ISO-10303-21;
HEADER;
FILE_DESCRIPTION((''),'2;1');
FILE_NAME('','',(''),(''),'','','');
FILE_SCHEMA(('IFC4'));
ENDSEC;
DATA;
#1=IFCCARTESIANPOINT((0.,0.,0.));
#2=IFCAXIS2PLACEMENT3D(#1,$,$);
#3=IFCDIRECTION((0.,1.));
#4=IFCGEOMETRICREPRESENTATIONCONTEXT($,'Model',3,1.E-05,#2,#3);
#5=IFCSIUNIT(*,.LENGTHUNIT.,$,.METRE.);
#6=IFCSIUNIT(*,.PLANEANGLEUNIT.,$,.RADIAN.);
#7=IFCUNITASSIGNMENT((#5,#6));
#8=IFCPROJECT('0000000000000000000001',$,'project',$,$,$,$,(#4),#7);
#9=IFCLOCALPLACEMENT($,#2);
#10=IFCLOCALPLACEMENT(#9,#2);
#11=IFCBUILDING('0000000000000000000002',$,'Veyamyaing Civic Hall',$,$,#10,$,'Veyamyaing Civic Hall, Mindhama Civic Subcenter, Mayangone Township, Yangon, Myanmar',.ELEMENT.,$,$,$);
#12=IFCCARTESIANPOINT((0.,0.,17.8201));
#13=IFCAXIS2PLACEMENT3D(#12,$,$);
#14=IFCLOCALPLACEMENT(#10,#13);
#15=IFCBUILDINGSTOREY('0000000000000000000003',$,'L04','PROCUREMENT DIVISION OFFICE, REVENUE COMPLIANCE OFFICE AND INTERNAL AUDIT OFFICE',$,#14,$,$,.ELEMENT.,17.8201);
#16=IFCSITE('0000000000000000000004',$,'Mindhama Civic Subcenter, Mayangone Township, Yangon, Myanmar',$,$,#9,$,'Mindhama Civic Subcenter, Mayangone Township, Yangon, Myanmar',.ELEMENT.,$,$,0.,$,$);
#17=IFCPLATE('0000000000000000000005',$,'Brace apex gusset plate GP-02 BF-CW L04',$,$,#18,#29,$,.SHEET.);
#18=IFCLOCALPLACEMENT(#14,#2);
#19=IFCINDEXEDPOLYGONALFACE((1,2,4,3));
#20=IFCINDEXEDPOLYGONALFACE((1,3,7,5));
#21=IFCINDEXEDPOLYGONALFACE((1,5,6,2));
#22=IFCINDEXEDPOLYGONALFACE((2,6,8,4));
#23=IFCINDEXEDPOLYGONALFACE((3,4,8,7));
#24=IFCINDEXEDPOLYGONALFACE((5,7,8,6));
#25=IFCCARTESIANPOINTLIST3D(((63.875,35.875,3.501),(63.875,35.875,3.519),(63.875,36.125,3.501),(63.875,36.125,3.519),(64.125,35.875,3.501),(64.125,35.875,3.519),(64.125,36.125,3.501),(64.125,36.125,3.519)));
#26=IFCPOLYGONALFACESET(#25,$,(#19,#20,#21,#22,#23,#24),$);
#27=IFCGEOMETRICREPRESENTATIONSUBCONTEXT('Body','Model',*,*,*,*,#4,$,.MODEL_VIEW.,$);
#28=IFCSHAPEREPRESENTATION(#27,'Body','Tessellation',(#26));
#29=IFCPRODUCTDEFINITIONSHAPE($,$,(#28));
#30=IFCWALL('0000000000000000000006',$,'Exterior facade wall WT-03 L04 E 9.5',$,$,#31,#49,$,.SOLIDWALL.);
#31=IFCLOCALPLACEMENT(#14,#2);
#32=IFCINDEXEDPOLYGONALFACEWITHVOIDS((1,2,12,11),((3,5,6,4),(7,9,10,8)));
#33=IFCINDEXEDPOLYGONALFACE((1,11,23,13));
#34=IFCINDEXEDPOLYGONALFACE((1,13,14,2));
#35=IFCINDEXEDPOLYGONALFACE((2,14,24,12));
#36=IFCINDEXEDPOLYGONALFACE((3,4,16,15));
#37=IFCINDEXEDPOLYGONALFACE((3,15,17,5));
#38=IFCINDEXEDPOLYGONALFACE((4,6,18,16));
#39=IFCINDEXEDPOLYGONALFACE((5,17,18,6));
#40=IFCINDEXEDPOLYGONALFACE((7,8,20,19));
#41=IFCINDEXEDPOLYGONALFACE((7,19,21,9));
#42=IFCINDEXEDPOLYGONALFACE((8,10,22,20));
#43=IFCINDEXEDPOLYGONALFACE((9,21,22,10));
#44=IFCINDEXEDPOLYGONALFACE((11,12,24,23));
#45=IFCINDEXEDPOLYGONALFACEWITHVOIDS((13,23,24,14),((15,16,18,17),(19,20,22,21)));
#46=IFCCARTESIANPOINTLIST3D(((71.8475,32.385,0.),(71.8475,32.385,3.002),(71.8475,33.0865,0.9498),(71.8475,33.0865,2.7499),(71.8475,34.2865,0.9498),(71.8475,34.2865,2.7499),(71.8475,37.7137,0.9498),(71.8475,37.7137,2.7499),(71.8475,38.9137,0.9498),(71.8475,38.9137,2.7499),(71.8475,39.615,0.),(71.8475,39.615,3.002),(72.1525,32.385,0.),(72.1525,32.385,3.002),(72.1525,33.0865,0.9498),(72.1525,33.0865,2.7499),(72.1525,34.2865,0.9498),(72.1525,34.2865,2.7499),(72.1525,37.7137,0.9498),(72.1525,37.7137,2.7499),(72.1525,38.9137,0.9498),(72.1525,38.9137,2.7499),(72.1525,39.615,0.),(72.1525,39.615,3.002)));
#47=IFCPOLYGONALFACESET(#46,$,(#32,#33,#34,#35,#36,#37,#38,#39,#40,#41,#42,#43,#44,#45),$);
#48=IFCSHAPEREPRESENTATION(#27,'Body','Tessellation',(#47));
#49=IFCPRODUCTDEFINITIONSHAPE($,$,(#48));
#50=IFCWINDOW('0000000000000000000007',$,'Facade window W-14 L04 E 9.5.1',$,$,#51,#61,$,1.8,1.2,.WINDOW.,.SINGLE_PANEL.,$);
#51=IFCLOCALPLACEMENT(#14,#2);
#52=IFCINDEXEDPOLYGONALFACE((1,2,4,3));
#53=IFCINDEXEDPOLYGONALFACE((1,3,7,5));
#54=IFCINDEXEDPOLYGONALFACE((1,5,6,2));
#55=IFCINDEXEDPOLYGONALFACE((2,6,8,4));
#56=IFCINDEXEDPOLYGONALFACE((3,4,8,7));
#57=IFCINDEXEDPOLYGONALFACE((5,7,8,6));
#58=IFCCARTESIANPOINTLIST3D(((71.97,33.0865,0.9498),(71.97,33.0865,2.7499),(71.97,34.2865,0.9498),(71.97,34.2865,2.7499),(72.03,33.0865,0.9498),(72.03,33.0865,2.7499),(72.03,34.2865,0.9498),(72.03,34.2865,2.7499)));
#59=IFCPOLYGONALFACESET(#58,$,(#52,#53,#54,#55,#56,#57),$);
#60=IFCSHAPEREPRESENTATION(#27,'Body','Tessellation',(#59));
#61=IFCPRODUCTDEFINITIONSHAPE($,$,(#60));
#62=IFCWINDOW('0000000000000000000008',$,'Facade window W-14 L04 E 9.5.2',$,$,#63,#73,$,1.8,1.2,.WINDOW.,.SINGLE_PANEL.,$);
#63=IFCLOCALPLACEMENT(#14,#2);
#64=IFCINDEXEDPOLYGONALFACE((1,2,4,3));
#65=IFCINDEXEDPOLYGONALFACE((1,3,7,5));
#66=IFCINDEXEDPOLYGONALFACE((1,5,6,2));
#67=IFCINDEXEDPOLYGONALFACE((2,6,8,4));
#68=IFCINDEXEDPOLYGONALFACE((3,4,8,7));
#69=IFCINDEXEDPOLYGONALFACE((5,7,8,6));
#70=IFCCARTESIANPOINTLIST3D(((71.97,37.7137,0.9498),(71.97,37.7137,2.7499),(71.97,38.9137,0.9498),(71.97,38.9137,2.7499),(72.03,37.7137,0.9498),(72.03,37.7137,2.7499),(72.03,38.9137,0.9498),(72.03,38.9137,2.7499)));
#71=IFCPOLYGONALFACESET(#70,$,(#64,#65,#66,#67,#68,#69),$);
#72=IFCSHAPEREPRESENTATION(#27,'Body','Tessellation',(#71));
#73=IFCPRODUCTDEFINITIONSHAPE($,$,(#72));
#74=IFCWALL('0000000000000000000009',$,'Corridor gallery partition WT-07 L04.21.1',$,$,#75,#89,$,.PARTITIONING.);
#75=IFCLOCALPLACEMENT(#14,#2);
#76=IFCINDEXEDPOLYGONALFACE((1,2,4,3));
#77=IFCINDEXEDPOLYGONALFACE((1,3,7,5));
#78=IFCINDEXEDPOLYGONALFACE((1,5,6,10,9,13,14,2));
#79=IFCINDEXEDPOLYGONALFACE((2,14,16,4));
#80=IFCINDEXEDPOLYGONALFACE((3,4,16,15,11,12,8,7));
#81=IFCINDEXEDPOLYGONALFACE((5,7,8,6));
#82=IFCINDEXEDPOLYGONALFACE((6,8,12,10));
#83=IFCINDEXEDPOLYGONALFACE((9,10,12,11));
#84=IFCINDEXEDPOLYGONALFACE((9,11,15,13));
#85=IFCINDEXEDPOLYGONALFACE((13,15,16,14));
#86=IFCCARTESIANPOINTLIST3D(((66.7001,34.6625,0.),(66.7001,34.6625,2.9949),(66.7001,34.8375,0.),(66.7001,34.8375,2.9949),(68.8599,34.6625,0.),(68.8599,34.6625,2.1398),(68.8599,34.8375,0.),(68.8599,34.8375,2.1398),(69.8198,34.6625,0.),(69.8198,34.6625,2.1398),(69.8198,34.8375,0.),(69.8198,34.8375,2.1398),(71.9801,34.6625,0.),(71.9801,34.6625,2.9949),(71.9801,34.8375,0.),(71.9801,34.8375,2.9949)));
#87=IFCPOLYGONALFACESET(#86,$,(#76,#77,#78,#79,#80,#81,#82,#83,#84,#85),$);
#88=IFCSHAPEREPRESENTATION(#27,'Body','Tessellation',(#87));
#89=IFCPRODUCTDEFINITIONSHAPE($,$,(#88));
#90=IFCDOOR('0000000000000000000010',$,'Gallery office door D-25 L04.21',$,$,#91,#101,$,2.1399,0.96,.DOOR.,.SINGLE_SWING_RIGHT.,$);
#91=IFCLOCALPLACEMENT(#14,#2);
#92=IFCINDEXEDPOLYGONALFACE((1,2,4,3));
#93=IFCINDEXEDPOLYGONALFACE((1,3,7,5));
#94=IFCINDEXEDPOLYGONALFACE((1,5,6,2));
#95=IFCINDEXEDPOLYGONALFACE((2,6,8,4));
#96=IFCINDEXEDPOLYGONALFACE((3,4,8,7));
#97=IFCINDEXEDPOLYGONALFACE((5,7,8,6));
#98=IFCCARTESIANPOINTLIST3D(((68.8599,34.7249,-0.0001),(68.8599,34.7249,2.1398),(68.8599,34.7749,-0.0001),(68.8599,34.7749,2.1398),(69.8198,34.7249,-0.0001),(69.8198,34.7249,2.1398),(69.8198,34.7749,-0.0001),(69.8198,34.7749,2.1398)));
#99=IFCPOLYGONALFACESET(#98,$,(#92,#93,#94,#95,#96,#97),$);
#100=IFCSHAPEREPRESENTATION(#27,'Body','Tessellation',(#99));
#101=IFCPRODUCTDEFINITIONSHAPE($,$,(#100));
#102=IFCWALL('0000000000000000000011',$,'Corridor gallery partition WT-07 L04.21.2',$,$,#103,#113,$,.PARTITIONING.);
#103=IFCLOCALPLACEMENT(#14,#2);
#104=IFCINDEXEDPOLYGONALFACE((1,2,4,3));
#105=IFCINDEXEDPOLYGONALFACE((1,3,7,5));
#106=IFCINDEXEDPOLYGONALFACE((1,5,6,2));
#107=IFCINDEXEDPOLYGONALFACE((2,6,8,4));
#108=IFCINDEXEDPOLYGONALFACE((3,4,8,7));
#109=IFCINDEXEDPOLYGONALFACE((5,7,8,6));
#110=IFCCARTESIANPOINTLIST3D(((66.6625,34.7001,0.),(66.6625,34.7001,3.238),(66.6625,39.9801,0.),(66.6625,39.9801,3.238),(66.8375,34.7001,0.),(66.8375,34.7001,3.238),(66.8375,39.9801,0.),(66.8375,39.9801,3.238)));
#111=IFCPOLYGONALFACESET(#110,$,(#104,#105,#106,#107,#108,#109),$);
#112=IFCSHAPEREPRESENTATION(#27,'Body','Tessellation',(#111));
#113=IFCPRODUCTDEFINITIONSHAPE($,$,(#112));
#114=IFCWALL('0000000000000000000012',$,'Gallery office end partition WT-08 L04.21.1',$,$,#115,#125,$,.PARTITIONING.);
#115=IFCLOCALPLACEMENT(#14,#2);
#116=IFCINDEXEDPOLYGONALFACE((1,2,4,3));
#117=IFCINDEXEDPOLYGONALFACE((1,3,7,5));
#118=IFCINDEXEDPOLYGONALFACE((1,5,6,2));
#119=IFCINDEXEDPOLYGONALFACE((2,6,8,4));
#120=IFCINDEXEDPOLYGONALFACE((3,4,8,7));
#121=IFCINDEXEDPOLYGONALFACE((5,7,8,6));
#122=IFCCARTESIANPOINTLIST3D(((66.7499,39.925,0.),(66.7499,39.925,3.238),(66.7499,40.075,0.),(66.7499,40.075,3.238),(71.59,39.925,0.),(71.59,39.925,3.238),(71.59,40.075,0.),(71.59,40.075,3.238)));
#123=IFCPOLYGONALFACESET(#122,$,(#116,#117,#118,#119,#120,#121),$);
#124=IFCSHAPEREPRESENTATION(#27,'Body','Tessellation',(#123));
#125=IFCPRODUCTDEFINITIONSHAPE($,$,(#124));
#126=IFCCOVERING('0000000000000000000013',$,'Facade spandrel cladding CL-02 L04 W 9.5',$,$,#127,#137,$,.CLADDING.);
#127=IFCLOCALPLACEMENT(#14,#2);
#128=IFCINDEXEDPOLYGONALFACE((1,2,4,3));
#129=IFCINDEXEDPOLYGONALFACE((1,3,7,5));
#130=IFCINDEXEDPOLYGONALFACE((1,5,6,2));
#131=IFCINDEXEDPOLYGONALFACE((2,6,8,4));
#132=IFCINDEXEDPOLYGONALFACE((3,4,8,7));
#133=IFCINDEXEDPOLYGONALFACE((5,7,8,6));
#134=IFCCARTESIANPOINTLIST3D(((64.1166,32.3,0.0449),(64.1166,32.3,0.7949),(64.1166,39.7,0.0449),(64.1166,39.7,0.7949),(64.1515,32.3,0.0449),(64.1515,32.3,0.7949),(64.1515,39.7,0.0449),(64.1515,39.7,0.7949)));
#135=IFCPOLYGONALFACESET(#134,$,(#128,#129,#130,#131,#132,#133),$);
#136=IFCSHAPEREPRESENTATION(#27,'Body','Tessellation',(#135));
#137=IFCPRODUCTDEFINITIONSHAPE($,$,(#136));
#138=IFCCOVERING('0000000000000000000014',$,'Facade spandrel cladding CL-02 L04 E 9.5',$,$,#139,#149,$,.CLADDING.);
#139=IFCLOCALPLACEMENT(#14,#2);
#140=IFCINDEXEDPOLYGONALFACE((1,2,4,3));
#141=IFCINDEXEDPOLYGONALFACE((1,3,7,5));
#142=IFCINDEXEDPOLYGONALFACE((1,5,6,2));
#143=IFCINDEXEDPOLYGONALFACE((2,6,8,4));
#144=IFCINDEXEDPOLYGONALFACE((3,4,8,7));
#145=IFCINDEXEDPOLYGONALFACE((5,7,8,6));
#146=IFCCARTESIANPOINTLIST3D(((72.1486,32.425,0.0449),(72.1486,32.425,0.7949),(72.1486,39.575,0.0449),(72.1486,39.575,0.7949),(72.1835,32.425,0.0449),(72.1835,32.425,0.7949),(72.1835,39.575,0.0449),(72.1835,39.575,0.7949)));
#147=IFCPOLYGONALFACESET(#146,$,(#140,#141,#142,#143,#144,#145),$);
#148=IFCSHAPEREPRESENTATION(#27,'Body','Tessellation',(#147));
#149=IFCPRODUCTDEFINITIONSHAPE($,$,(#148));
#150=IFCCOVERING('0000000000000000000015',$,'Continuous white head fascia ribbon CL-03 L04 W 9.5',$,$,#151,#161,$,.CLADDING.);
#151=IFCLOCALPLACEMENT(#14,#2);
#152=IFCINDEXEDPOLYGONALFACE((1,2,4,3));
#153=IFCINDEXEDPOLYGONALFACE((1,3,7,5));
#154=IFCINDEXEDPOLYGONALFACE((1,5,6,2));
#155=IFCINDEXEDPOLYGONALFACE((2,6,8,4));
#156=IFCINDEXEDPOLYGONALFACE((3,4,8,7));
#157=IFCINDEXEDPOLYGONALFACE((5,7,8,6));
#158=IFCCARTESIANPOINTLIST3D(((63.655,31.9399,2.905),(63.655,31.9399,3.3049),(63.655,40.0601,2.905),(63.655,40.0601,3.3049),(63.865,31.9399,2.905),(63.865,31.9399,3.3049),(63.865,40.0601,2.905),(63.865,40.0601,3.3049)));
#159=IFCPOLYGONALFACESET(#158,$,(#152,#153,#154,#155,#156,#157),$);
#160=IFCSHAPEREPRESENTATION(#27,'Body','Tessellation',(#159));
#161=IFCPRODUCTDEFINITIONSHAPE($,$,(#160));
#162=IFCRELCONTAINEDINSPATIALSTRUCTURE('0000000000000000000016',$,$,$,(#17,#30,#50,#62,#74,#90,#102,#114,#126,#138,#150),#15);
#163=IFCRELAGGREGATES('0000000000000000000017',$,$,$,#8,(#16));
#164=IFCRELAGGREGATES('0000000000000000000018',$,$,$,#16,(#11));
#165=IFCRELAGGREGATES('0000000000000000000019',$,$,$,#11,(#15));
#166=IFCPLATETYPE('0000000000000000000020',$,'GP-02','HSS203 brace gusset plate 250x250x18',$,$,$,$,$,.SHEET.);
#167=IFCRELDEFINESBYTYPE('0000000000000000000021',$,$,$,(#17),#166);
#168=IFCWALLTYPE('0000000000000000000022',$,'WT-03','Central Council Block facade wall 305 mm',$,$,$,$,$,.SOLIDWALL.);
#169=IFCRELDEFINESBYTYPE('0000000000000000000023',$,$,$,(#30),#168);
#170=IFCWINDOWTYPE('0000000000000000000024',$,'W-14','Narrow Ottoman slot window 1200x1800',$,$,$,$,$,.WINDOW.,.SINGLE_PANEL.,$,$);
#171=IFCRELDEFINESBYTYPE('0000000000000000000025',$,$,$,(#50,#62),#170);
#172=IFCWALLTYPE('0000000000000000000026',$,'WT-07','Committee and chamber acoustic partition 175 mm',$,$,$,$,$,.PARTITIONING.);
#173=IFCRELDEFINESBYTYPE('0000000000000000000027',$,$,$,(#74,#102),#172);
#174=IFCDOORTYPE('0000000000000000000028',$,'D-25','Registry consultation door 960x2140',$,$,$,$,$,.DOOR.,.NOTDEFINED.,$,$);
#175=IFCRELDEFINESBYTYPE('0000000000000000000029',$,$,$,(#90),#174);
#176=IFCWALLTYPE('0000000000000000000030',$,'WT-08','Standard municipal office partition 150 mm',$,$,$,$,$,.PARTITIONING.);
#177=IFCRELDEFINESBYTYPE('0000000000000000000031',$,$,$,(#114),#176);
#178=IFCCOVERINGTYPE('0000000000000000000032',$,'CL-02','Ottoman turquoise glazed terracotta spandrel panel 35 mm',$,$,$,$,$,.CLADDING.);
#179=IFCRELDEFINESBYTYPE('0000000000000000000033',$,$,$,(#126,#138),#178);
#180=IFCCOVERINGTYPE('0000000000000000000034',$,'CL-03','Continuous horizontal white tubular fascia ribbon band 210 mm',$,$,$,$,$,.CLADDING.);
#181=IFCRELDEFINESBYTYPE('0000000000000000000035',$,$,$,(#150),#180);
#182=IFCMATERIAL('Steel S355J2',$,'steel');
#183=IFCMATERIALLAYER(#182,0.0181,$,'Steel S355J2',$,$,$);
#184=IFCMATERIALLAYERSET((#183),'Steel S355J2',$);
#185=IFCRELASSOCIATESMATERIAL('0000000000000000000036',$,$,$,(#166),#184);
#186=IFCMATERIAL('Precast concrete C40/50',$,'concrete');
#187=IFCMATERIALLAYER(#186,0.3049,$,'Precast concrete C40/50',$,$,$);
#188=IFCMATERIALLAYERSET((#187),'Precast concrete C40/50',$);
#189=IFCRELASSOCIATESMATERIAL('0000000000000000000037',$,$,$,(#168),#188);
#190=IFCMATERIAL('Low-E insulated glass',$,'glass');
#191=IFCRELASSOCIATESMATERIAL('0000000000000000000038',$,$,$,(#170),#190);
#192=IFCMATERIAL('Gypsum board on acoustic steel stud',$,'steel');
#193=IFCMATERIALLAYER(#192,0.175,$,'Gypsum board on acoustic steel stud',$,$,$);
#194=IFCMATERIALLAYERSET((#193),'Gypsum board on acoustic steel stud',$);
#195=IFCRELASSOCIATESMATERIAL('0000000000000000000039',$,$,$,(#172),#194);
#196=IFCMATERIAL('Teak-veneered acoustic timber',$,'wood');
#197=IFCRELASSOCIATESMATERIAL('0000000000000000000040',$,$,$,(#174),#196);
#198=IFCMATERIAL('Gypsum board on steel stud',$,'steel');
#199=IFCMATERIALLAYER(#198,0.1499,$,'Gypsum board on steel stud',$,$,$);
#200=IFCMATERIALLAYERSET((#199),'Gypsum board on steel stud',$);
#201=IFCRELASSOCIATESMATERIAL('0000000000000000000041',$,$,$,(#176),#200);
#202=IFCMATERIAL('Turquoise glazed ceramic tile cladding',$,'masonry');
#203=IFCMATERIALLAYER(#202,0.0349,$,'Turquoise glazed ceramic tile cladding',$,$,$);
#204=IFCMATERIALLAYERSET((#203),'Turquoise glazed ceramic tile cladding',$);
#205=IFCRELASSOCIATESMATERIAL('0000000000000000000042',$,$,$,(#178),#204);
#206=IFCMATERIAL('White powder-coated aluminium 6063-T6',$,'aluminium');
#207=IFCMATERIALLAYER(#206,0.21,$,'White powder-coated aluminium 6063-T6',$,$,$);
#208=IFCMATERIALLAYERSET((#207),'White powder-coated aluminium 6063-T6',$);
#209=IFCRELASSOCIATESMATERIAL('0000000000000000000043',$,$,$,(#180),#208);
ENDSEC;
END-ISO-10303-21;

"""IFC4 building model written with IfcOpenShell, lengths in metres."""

from ifc_helpers import new_model, si_unit, direction, frame, frame_2d, origin, origin_2d, place, context, subcontext, project, spatial, rectangle, extrude, material, layer, layer_set, type_object, element, fill, save


model = new_model("IFC4")

# Units and contexts
model_context = context("Model", 3, precision=1e-05, world=origin(), true_north=direction((0.0, 1.0)))
body_context = subcontext(model_context, "Body", "Model", "MODEL_VIEW")
ifc_project = project(units=[si_unit("LENGTHUNIT", "METRE"), si_unit("PLANEANGLEUNIT", "RADIAN")], contexts=[model_context])

# Site, building, storey
site_placement = place(None, origin())
site = spatial("IfcSite", under=ifc_project, at=site_placement, Name="Mindhama Civic Subcenter, Mayangone Township, Yangon, Myanmar", LongName="Mindhama Civic Subcenter, Mayangone Township, Yangon, Myanmar", CompositionType="ELEMENT", RefElevation=0.0)
building_placement = place(site_placement, origin())
building = spatial("IfcBuilding", under=site, at=building_placement, Name="Veyamyaing Civic Hall", LongName="Veyamyaing Civic Hall, Mindhama Civic Subcenter, Mayangone Township, Yangon, Myanmar", CompositionType="ELEMENT")
storey_placement = place(building_placement, frame((0.0, 0.0, 17.8201)))
storey = spatial("IfcBuildingStorey", under=building, at=storey_placement, Name="L04", Description="PROCUREMENT DIVISION OFFICE, REVENUE COMPLIANCE OFFICE AND INTERNAL AUDIT OFFICE", CompositionType="ELEMENT", Elevation=17.8201)

# Shared definitions
ifc_material_1 = material(Name="Steel S355J2", Category="steel")

# Shared definitions
ifc_material_2 = material(Name="Low-E insulated glass", Category="glass")

# Plate
ifc_layer_1 = layer(ifc_material_1, 0.0181, Name="Steel S355J2")
ifc_layer_set_1 = layer_set([ifc_layer_1], Name="Steel S355J2")
plate_type_1 = type_object("IfcPlateType", Name="GP-02", Description="HSS203 brace gusset plate 250x250x18", PredefinedType="SHEET", material=ifc_layer_set_1)
for number, where, z_axis, x_axis, name in (
    (1, (64.0, 36.0, 3.501), (0.0, 0.0, 1.0), (1.0, 0.0, 0.0), "Brace apex gusset plate GP-02 BF-CW L04"),
):
    element("IfcPlate", number, at=place(storey_placement, frame(where, z_axis=z_axis, x_axis=x_axis)), inside=storey, type_object=plate_type_1, Name=name, PredefinedType="SHEET", context=body_context, shape_type="SweptSolid", body=[
        extrude(rectangle(XDim=0.25, YDim=0.25, at=origin_2d()), origin(), (0.0, 0.0, 1.0), 0.0181),
    ])

# Wall, openings, windows
ifc_material_3 = material(Name="Precast concrete C40/50", Category="concrete")
ifc_layer_2 = layer(ifc_material_3, 0.3049, Name="Precast concrete C40/50")
ifc_layer_set_2 = layer_set([ifc_layer_2], Name="Precast concrete C40/50")
wall_type_1 = type_object("IfcWallType", Name="WT-03", Description="Central Council Block facade wall 305 mm", PredefinedType="SOLIDWALL", material=ifc_layer_set_2)
wall_1_placement = place(storey_placement, frame((72.0, 32.385, 0.0), z_axis=(0.0, 0.0, 1.0), x_axis=(0.0, 1.0, 0.0)))
wall_1 = element("IfcWall", 2, at=wall_1_placement, inside=storey, type_object=wall_type_1, Name="Exterior facade wall WT-03 L04 E 9.5", PredefinedType="SOLIDWALL", context=body_context, shape_type="SweptSolid", body=[
    extrude(rectangle(XDim=7.23, YDim=0.3049, at=frame_2d((3.615, 0.0))), origin(), (0.0, 0.0, 1.0), 3.002),
])
opening_1_placement = place(wall_1_placement, frame((0.7014, 0.0, 0.95)))
opening_1 = element("IfcOpeningElement", 3, at=opening_1_placement, cuts=wall_1, PredefinedType="OPENING", context=body_context, shape_type="SweptSolid", body=[
    extrude(rectangle(XDim=1.2, YDim=1.8, at=frame_2d((0.6001, 0.8999))), frame((0.0, 0.1624, 0.0), z_axis=(0.0, -1.0, 0.0), x_axis=(1.0, 0.0, 0.0)), (0.0, 0.0, 1.0), 0.325),
])
opening_2_placement = place(wall_1_placement, frame((5.3286, 0.0, 0.95)))
opening_2 = element("IfcOpeningElement", 4, at=opening_2_placement, cuts=wall_1, PredefinedType="OPENING", context=body_context, shape_type="SweptSolid", body=[
    extrude(rectangle(XDim=1.2, YDim=1.8, at=frame_2d((0.6001, 0.8999))), frame((0.0, 0.1624, 0.0), z_axis=(0.0, -1.0, 0.0), x_axis=(1.0, 0.0, 0.0)), (0.0, 0.0, 1.0), 0.325),
])
window_type = type_object("IfcWindowType", Name="W-14", Description="Narrow Ottoman slot window 1200x1800", PartitioningType="SINGLE_PANEL", PredefinedType="WINDOW", material=ifc_material_2)
window_1_placement = place(opening_1_placement, origin())
window_1 = element("IfcWindow", 5, at=window_1_placement, inside=storey, type_object=window_type, Name="Facade window W-14 L04 E 9.5.1", OverallHeight=1.8, OverallWidth=1.2, PartitioningType="SINGLE_PANEL", PredefinedType="WINDOW", context=body_context, shape_type="SweptSolid", body=[
    extrude(rectangle(XDim=1.2, YDim=1.8, at=frame_2d((0.6001, 0.8999))), frame((0.0, 0.03, 0.0), z_axis=(0.0, -1.0, 0.0), x_axis=(1.0, 0.0, 0.0)), (0.0, 0.0, 1.0), 0.0601),
])
fill(opening_1, window_1)
window_2_placement = place(opening_2_placement, origin())
window_2 = element("IfcWindow", 6, at=window_2_placement, inside=storey, type_object=window_type, Name="Facade window W-14 L04 E 9.5.2", OverallHeight=1.8, OverallWidth=1.2, PartitioningType="SINGLE_PANEL", PredefinedType="WINDOW", context=body_context, shape_type="SweptSolid", body=[
    extrude(rectangle(XDim=1.2, YDim=1.8, at=frame_2d((0.6001, 0.8999))), frame((0.0, 0.03, 0.0), z_axis=(0.0, -1.0, 0.0), x_axis=(1.0, 0.0, 0.0)), (0.0, 0.0, 1.0), 0.0601),
])
fill(opening_2, window_2)

# Wall, opening, door
ifc_material_4 = material(Name="Gypsum board on acoustic steel stud", Category="steel")
ifc_layer_3 = layer(ifc_material_4, 0.175, Name="Gypsum board on acoustic steel stud")
ifc_layer_set_3 = layer_set([ifc_layer_3], Name="Gypsum board on acoustic steel stud")
wall_type_2 = type_object("IfcWallType", Name="WT-07", Description="Committee and chamber acoustic partition 175 mm", PredefinedType="PARTITIONING", material=ifc_layer_set_3)
wall_2_placement = place(storey_placement, frame((66.7, 34.75, 0.0), z_axis=(0.0, 0.0, 1.0), x_axis=(1.0, 0.0, 0.0)))
wall_2 = element("IfcWall", 7, at=wall_2_placement, inside=storey, type_object=wall_type_2, Name="Corridor gallery partition WT-07 L04.21.1", PredefinedType="PARTITIONING", context=body_context, shape_type="SweptSolid", body=[
    extrude(rectangle(XDim=5.28, YDim=0.175, at=frame_2d((2.6401, 0.0))), origin(), (0.0, 0.0, 1.0), 2.9949),
])
opening_3_placement = place(wall_2_placement, frame((2.1599, 0.0, 0.0)))
opening_3 = element("IfcOpeningElement", 8, at=opening_3_placement, cuts=wall_2, PredefinedType="OPENING", context=body_context, shape_type="SweptSolid", body=[
    extrude(rectangle(XDim=0.96, YDim=2.1399, at=frame_2d((0.48, 1.0698))), frame((0.0, 0.0974, 0.0), z_axis=(0.0, -1.0, 0.0), x_axis=(1.0, 0.0, 0.0)), (0.0, 0.0, 1.0), 0.1951),
])
ifc_material_5 = material(Name="Teak-veneered acoustic timber", Category="wood")
door_type = type_object("IfcDoorType", Name="D-25", Description="Registry consultation door 960x2140", OperationType="NOTDEFINED", PredefinedType="DOOR", material=ifc_material_5)
door_placement = place(opening_3_placement, origin())
door = element("IfcDoor", 9, at=door_placement, inside=storey, type_object=door_type, Name="Gallery office door D-25 L04.21", OperationType="SINGLE_SWING_RIGHT", OverallHeight=2.1399, OverallWidth=0.96, PredefinedType="DOOR", context=body_context, shape_type="SweptSolid", body=[
    extrude(rectangle(XDim=0.96, YDim=2.1399, at=frame_2d((0.48, 1.0698))), frame((0.0, 0.0249, 0.0), z_axis=(0.0, -1.0, 0.0), x_axis=(1.0, 0.0, 0.0)), (0.0, 0.0, 1.0), 0.05),
])
fill(opening_3, door)

# Walls
wall_3_placement = place(storey_placement, frame((66.75, 34.7, 0.0), z_axis=(0.0, 0.0, 1.0), x_axis=(0.0, 1.0, 0.0)))
element("IfcWall", 10, at=wall_3_placement, inside=storey, type_object=wall_type_2, Name="Corridor gallery partition WT-07 L04.21.2", PredefinedType="PARTITIONING", context=body_context, shape_type="SweptSolid", body=[
    extrude(rectangle(XDim=5.28, YDim=0.175, at=frame_2d((2.6401, 0.0))), origin(), (0.0, 0.0, 1.0), 3.238),
])
ifc_material_6 = material(Name="Gypsum board on steel stud", Category="steel")
ifc_layer_4 = layer(ifc_material_6, 0.1499, Name="Gypsum board on steel stud")
ifc_layer_set_4 = layer_set([ifc_layer_4], Name="Gypsum board on steel stud")
wall_type_3 = type_object("IfcWallType", Name="WT-08", Description="Standard municipal office partition 150 mm", PredefinedType="PARTITIONING", material=ifc_layer_set_4)
wall_4_placement = place(storey_placement, frame((66.75, 40.0, 0.0), z_axis=(0.0, 0.0, 1.0), x_axis=(1.0, 0.0, 0.0)))
element("IfcWall", 11, at=wall_4_placement, inside=storey, type_object=wall_type_3, Name="Gallery office end partition WT-08 L04.21.1", PredefinedType="PARTITIONING", context=body_context, shape_type="SweptSolid", body=[
    extrude(rectangle(XDim=4.8401, YDim=0.1499, at=frame_2d((2.4199, 0.0))), origin(), (0.0, 0.0, 1.0), 3.238),
])

# Coverings
ifc_material_7 = material(Name="Turquoise glazed ceramic tile cladding", Category="masonry")
ifc_layer_5 = layer(ifc_material_7, 0.0349, Name="Turquoise glazed ceramic tile cladding")
ifc_layer_set_5 = layer_set([ifc_layer_5], Name="Turquoise glazed ceramic tile cladding")
covering_type_1 = type_object("IfcCoveringType", Name="CL-02", Description="Ottoman turquoise glazed terracotta spandrel panel 35 mm", PredefinedType="CLADDING", material=ifc_layer_set_5)
covering_1_placement = place(storey_placement, frame((64.134, 36.0, 0.0449), z_axis=(0.0, 0.0, 1.0), x_axis=(0.0, 1.0, 0.0)))
element("IfcCovering", 12, at=covering_1_placement, inside=storey, type_object=covering_type_1, Name="Facade spandrel cladding CL-02 L04 W 9.5", PredefinedType="CLADDING", context=body_context, shape_type="SweptSolid", body=[
    extrude(rectangle(XDim=7.3999, YDim=0.0349, at=origin_2d()), origin(), (0.0, 0.0, 1.0), 0.75),
])
covering_2_placement = place(storey_placement, frame((72.166, 36.0, 0.0449), z_axis=(0.0, 0.0, 1.0), x_axis=(0.0, 1.0, 0.0)))
element("IfcCovering", 13, at=covering_2_placement, inside=storey, type_object=covering_type_1, Name="Facade spandrel cladding CL-02 L04 E 9.5", PredefinedType="CLADDING", context=body_context, shape_type="SweptSolid", body=[
    extrude(rectangle(XDim=7.1499, YDim=0.0349, at=origin_2d()), origin(), (0.0, 0.0, 1.0), 0.75),
])
ifc_material_8 = material(Name="White powder-coated aluminium 6063-T6", Category="aluminium")
ifc_layer_6 = layer(ifc_material_8, 0.21, Name="White powder-coated aluminium 6063-T6")
ifc_layer_set_6 = layer_set([ifc_layer_6], Name="White powder-coated aluminium 6063-T6")
covering_type_2 = type_object("IfcCoveringType", Name="CL-03", Description="Continuous horizontal white tubular fascia ribbon band 210 mm", PredefinedType="CLADDING", material=ifc_layer_set_6)
for number, where, z_axis, x_axis, name in (
    (14, (63.76, 36.0, 2.905), (0.0, 0.0, 1.0), (0.0, 1.0, 0.0), "Continuous white head fascia ribbon CL-03 L04 W 9.5"),
):
    element("IfcCovering", number, at=place(storey_placement, frame(where, z_axis=z_axis, x_axis=x_axis)), inside=storey, type_object=covering_type_2, Name=name, PredefinedType="CLADDING", context=body_context, shape_type="SweptSolid", body=[
        extrude(rectangle(XDim=8.1201, YDim=0.21, at=origin_2d()), origin(), (0.0, 0.0, 1.0), 0.3999),
    ])

save(model, "model.ifc")
